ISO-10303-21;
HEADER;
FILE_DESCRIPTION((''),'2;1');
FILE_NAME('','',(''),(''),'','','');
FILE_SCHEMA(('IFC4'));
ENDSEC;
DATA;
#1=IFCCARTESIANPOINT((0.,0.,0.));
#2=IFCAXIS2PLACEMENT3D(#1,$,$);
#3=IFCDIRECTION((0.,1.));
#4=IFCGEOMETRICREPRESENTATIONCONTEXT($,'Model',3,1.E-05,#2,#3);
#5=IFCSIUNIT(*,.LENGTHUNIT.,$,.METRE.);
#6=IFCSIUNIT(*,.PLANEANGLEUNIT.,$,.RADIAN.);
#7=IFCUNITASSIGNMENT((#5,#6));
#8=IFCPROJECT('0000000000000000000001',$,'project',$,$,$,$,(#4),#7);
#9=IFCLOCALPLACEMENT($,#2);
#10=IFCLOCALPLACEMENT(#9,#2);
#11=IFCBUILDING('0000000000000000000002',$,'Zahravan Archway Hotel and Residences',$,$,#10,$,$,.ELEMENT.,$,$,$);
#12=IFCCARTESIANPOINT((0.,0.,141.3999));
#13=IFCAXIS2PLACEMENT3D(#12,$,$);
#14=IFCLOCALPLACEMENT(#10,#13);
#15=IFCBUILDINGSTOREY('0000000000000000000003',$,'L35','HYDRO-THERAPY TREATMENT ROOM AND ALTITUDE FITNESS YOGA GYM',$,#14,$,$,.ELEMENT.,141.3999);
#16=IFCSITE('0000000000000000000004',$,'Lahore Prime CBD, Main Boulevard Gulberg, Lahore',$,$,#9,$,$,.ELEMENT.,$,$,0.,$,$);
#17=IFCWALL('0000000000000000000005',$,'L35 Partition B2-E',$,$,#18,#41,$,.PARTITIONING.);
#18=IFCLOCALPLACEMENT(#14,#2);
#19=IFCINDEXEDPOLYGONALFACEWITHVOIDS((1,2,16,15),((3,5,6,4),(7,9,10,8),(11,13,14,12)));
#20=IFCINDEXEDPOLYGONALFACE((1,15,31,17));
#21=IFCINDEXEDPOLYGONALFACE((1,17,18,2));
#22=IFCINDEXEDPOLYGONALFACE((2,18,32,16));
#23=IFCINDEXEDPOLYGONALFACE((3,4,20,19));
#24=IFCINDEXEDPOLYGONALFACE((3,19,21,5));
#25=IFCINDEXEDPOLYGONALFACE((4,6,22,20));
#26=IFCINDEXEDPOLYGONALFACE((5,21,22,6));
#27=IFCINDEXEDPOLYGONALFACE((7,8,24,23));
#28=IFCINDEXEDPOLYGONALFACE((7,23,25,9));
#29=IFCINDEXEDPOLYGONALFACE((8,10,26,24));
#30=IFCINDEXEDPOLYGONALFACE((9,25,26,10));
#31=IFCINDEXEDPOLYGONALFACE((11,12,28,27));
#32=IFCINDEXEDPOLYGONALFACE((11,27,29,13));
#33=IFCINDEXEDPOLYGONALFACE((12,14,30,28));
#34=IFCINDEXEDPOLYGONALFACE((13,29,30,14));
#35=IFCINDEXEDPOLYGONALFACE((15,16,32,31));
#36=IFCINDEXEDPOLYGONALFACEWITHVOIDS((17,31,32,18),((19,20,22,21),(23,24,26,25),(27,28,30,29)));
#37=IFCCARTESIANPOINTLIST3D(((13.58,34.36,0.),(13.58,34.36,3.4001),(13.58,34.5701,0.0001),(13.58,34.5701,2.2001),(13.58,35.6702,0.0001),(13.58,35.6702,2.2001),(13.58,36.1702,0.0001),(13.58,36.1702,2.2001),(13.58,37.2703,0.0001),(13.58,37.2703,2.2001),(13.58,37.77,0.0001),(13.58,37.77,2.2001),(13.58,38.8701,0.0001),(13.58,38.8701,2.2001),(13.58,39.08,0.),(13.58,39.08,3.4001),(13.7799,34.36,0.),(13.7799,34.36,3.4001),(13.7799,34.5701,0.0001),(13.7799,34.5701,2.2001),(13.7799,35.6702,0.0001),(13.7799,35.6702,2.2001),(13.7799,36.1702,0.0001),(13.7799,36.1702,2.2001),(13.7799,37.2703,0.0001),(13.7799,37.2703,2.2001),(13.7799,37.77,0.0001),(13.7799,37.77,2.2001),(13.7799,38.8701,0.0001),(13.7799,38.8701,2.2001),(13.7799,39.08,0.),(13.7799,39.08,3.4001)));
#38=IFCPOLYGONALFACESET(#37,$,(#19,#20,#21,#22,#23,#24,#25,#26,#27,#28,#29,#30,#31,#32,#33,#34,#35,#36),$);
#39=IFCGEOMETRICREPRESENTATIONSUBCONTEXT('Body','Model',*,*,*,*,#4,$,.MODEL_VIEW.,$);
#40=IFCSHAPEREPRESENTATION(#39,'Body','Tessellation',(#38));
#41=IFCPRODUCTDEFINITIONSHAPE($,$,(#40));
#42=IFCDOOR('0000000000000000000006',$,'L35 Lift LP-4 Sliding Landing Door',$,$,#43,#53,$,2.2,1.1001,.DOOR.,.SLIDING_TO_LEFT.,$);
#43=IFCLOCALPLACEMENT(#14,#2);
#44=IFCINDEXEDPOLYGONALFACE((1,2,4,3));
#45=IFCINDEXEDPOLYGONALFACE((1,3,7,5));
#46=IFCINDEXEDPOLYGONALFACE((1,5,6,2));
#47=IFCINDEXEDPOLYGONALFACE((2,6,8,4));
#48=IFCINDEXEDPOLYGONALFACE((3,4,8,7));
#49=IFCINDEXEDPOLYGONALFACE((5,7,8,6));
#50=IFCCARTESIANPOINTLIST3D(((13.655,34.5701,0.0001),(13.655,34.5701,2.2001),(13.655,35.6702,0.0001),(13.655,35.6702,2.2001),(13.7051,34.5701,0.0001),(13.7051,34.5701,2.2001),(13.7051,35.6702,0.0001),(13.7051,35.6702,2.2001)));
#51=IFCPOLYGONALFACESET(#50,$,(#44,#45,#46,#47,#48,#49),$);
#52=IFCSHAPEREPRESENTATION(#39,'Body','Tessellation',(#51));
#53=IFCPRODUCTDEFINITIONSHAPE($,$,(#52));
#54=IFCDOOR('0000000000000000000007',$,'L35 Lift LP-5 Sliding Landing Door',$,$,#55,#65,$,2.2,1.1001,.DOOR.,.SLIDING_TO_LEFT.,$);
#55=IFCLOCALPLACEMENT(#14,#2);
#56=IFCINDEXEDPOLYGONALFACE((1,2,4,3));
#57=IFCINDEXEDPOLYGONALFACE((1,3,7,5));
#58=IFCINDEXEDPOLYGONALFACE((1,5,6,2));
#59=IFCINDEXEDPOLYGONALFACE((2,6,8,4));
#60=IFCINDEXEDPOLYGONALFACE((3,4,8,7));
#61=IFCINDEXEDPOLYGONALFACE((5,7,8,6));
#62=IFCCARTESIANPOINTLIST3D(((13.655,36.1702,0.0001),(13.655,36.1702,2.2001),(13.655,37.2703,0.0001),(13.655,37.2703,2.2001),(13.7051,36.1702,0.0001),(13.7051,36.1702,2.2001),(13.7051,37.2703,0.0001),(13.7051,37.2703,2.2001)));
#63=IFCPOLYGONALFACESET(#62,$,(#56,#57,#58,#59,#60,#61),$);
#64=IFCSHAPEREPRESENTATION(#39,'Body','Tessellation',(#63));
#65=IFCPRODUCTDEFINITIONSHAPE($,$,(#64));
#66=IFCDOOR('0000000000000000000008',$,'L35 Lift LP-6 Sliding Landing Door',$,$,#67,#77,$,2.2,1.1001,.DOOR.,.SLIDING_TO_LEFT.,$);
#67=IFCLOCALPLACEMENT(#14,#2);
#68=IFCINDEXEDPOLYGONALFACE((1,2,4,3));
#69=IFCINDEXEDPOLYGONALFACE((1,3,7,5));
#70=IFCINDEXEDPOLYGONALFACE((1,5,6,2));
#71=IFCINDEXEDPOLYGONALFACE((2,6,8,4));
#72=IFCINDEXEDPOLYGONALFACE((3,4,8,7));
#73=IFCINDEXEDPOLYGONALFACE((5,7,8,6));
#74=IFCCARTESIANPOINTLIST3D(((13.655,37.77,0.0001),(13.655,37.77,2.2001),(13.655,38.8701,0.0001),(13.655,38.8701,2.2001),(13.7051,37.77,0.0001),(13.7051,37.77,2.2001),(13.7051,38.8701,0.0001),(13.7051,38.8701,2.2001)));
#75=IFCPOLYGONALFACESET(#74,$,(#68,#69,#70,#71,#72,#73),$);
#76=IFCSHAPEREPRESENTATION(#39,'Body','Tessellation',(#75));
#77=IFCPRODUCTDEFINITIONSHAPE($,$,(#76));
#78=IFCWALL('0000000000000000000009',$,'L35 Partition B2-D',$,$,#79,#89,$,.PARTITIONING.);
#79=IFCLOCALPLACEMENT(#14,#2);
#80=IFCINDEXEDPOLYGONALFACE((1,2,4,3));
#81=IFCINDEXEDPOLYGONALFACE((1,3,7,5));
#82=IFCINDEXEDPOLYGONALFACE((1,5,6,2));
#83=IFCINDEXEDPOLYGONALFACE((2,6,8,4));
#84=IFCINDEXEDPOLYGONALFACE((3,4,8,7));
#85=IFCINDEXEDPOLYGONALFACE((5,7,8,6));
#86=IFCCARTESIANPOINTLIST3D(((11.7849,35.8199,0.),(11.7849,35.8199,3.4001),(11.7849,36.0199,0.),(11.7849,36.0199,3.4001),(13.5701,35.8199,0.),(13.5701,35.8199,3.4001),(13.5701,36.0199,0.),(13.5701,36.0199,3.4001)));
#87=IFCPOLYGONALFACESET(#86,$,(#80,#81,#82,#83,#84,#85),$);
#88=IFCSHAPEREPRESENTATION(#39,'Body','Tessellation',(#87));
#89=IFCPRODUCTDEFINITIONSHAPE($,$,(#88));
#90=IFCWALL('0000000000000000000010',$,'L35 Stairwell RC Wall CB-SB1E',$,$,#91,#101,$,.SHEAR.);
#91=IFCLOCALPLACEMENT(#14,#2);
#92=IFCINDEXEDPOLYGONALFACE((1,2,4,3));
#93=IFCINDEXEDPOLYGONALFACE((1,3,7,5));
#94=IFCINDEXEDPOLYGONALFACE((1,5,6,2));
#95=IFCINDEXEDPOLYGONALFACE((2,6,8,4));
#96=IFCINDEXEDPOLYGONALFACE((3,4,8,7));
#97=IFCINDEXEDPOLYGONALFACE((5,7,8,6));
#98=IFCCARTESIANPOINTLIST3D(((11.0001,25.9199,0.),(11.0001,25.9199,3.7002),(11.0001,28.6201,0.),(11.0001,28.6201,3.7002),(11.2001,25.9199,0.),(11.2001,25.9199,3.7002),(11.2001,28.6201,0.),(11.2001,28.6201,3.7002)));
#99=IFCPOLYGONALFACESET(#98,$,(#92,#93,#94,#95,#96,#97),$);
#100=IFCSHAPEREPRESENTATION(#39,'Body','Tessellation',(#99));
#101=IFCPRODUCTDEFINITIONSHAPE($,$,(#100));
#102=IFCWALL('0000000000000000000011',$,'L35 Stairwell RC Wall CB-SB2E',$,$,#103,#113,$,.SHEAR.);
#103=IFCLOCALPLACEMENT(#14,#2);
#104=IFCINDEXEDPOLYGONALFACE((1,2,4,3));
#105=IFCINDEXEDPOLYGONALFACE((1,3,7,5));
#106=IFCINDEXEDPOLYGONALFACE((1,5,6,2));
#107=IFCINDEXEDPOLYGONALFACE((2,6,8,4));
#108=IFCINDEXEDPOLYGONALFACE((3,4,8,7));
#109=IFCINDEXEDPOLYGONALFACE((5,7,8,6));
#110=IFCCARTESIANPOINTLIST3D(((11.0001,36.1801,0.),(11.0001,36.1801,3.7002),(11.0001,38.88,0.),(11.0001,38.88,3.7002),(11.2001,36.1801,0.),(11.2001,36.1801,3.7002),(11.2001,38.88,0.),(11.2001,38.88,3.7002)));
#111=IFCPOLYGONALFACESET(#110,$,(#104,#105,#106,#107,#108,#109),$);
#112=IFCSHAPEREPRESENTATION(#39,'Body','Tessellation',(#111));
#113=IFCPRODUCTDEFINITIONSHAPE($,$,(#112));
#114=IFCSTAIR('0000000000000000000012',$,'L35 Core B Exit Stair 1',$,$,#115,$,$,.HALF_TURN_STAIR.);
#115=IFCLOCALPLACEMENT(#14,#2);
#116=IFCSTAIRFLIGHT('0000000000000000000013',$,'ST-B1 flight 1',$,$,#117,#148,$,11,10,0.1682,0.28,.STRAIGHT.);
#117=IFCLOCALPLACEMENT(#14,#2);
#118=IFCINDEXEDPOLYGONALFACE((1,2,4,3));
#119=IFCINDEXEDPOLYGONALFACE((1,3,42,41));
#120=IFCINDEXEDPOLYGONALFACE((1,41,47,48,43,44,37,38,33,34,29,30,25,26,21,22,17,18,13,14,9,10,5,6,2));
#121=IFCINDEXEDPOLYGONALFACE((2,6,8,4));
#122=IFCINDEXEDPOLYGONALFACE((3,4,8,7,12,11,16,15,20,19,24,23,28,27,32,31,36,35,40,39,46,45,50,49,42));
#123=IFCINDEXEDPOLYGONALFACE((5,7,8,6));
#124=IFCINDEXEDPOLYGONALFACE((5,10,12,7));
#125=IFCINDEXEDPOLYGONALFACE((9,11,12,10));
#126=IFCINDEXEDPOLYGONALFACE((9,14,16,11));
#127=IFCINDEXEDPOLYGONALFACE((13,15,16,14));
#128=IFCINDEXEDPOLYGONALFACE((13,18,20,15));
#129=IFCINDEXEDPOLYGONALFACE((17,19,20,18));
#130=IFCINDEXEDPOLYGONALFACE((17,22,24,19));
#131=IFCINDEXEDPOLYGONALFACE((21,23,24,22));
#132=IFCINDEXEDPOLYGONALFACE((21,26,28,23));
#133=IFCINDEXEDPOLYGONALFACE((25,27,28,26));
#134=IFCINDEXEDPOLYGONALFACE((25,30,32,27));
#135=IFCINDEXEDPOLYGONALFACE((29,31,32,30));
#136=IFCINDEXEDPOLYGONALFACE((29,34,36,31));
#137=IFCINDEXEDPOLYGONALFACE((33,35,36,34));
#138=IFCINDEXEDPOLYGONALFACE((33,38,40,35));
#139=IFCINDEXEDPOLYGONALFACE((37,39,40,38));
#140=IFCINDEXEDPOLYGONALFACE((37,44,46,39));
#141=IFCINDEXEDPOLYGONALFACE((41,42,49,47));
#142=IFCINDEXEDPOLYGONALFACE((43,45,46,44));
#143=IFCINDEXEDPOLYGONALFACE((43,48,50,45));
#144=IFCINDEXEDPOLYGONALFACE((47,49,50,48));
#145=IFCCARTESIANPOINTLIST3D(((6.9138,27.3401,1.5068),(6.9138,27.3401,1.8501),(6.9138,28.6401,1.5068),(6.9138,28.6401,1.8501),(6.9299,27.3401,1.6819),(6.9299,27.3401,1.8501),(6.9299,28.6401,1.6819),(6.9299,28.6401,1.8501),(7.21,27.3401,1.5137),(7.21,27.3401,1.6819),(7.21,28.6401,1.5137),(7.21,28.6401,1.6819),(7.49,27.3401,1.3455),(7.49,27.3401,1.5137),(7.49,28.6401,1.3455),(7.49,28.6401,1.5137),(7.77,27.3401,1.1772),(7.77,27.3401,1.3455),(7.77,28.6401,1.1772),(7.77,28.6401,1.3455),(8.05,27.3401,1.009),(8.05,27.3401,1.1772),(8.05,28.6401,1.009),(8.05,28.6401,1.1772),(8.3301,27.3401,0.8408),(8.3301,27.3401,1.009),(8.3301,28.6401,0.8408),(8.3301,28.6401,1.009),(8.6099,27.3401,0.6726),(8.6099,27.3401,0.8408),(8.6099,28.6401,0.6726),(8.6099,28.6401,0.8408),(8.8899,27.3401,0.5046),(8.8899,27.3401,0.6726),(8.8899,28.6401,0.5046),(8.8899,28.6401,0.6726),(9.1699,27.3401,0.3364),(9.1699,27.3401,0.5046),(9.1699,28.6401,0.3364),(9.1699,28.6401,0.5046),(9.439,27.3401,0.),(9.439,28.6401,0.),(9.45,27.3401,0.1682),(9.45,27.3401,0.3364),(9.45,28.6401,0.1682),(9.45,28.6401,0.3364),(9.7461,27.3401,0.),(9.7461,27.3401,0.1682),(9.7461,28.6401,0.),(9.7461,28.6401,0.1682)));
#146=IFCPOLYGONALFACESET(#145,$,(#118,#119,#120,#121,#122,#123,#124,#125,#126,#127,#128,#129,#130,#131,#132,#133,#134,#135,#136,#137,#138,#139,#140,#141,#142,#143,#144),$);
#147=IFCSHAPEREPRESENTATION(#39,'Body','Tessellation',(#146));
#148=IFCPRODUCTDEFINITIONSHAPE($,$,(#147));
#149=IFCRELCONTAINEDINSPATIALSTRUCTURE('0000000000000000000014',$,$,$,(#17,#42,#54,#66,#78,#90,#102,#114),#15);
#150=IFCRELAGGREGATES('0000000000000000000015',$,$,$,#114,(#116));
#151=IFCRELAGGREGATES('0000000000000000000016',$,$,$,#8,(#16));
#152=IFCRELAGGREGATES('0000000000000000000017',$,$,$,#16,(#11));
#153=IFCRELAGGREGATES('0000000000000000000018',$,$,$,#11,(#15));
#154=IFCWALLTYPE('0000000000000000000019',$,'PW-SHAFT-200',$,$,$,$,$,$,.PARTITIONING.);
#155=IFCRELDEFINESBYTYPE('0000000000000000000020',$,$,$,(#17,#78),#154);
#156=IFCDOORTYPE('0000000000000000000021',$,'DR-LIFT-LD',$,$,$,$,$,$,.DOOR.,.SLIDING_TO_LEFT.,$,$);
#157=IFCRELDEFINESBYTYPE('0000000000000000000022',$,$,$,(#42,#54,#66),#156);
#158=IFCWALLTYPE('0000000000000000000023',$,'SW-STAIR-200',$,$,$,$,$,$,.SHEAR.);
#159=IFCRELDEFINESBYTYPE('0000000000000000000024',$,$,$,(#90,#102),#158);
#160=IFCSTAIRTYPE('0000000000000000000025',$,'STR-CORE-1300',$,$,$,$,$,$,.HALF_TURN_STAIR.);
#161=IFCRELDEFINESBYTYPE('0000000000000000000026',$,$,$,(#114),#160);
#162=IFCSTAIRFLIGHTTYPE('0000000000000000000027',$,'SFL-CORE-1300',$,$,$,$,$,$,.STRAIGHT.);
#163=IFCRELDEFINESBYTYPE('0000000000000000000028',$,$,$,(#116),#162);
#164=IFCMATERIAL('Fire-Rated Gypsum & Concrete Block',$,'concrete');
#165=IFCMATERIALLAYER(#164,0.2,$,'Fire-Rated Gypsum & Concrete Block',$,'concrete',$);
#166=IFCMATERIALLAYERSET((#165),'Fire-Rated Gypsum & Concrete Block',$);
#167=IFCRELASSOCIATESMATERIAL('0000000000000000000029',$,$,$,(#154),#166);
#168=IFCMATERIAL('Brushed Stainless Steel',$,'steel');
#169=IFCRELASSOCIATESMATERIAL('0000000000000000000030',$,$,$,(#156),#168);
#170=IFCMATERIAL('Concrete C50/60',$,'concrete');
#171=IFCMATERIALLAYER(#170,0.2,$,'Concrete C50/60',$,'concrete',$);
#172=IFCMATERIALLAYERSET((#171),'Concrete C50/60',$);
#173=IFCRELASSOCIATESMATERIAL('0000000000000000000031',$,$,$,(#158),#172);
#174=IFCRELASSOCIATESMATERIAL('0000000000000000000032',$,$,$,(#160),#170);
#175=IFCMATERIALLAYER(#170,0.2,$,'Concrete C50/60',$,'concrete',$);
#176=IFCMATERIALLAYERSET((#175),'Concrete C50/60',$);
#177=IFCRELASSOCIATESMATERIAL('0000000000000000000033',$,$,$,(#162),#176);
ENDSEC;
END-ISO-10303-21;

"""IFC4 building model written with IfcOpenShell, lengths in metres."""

from ifc_helpers import new_model, si_unit, direction, frame, frame_2d, origin, place, context, subcontext, project, spatial, polyline, rectangle, outline, extrude, source, transform, mapped, material, layer, layer_set, type_object, type_shapes, element, fill, aggregate, save


model = new_model("IFC4")

# Units and contexts
model_context = context("Model", 3, precision=1e-05, world=origin(), true_north=direction((0.0, 1.0)))
body_context = subcontext(model_context, "Body", "Model", "MODEL_VIEW")
ifc_project = project(units=[si_unit("LENGTHUNIT", "METRE"), si_unit("PLANEANGLEUNIT", "RADIAN")], contexts=[model_context])

# Site, building, storey
site_placement = place(None, origin())
site = spatial("IfcSite", under=ifc_project, at=site_placement, Name="Lahore Prime CBD, Main Boulevard Gulberg, Lahore", CompositionType="ELEMENT", RefElevation=0.0)
building_placement = place(site_placement, origin())
building = spatial("IfcBuilding", under=site, at=building_placement, Name="Zahravan Archway Hotel and Residences", CompositionType="ELEMENT")
storey_placement = place(building_placement, frame((0.0, 0.0, 141.3999)))
storey = spatial("IfcBuildingStorey", under=building, at=storey_placement, Name="L35", Description="HYDRO-THERAPY TREATMENT ROOM AND ALTITUDE FITNESS YOGA GYM", CompositionType="ELEMENT", Elevation=141.3999)

# Shared definitions
ifc_material_1 = material(Name="Fire-Rated Gypsum & Concrete Block", Category="concrete")
ifc_layer_1 = layer(ifc_material_1, 0.2, Name="Fire-Rated Gypsum & Concrete Block", Category="concrete")
ifc_layer_set_1 = layer_set([ifc_layer_1], Name="Fire-Rated Gypsum & Concrete Block")
wall_type_1 = type_object("IfcWallType", Name="PW-SHAFT-200", PredefinedType="PARTITIONING", material=ifc_layer_set_1)

# Wall, openings, doors
wall_1_placement = place(storey_placement, frame((13.6799, 34.3601, 0.0), z_axis=(0.0, 0.0, 1.0), x_axis=(0.0, 1.0, 0.0)))
wall_1 = element("IfcWall", 1, at=wall_1_placement, inside=storey, type_object=wall_type_1, Name="L35 Partition B2-E", PredefinedType="PARTITIONING", context=body_context, shape_type="SweptSolid", body=[
    extrude(rectangle(XDim=4.72, YDim=0.2, at=frame_2d((2.3599, 0.0))), origin(), (0.0, 0.0, 1.0), 3.4001),
])
opening_1_placement = place(wall_1_placement, frame((0.21, 0.0, 0.0)))
opening_1 = element("IfcOpeningElement", 2, at=opening_1_placement, cuts=wall_1, PredefinedType="OPENING", context=body_context, shape_type="SweptSolid", body=[
    extrude(rectangle(XDim=1.1001, YDim=2.2, at=frame_2d((0.55, 1.1001))), frame((0.0, 0.1099, 0.0), z_axis=(0.0, -1.0, 0.0), x_axis=(1.0, 0.0, 0.0)), (0.0, 0.0, 1.0), 0.22),
])
opening_2_placement = place(wall_1_placement, frame((1.8101, 0.0, 0.0)))
opening_2 = element("IfcOpeningElement", 3, at=opening_2_placement, cuts=wall_1, PredefinedType="OPENING", context=body_context, shape_type="SweptSolid", body=[
    extrude(rectangle(XDim=1.1001, YDim=2.2, at=frame_2d((0.55, 1.1001))), frame((0.0, 0.1099, 0.0), z_axis=(0.0, -1.0, 0.0), x_axis=(1.0, 0.0, 0.0)), (0.0, 0.0, 1.0), 0.22),
])
opening_3_placement = place(wall_1_placement, frame((3.4099, 0.0, 0.0)))
opening_3 = element("IfcOpeningElement", 4, at=opening_3_placement, cuts=wall_1, PredefinedType="OPENING", context=body_context, shape_type="SweptSolid", body=[
    extrude(rectangle(XDim=1.1001, YDim=2.2, at=frame_2d((0.55, 1.1001))), frame((0.0, 0.1099, 0.0), z_axis=(0.0, -1.0, 0.0), x_axis=(1.0, 0.0, 0.0)), (0.0, 0.0, 1.0), 0.22),
])
ifc_material_2 = material(Name="Brushed Stainless Steel", Category="steel")
door_type_1 = type_object("IfcDoorType", Name="DR-LIFT-LD", OperationType="SLIDING_TO_LEFT", PredefinedType="DOOR", material=ifc_material_2)
shared_shape_1 = source(origin(), body_context, "Body", "SweptSolid", [
    extrude(rectangle(XDim=1.1001, YDim=2.2, at=frame_2d((0.55, 1.1001))), frame((0.0, 0.0249, 0.0), z_axis=(0.0, -1.0, 0.0), x_axis=(1.0, 0.0, 0.0)), (0.0, 0.0, 1.0), 0.05),
])
type_shapes(door_type_1, [shared_shape_1])
door_1_placement = place(opening_1_placement, origin())
door_1 = element("IfcDoor", 5, at=door_1_placement, inside=storey, type_object=door_type_1, Name="L35 Lift LP-4 Sliding Landing Door", OperationType="SLIDING_TO_LEFT", OverallHeight=2.2, OverallWidth=1.1001, PredefinedType="DOOR", context=body_context, shape_type="MappedRepresentation", body=[
    mapped(shared_shape_1, transform((0.0, 0.0, 0.0), scale=1.0)),
])
fill(opening_1, door_1)
door_2_placement = place(opening_2_placement, origin())
door_2 = element("IfcDoor", 6, at=door_2_placement, inside=storey, type_object=door_type_1, Name="L35 Lift LP-5 Sliding Landing Door", OperationType="SLIDING_TO_LEFT", OverallHeight=2.2, OverallWidth=1.1001, PredefinedType="DOOR", context=body_context, shape_type="MappedRepresentation", body=[
    mapped(shared_shape_1, transform((0.0, 0.0, 0.0), scale=1.0)),
])
fill(opening_2, door_2)
door_3_placement = place(opening_3_placement, origin())
door_3 = element("IfcDoor", 7, at=door_3_placement, inside=storey, type_object=door_type_1, Name="L35 Lift LP-6 Sliding Landing Door", OperationType="SLIDING_TO_LEFT", OverallHeight=2.2, OverallWidth=1.1001, PredefinedType="DOOR", context=body_context, shape_type="MappedRepresentation", body=[
    mapped(shared_shape_1, transform((0.0, 0.0, 0.0), scale=1.0)),
])
fill(opening_3, door_3)

# Wall
wall_2_placement = place(storey_placement, frame((11.7849, 35.9199, 0.0), z_axis=(0.0, 0.0, 1.0), x_axis=(1.0, 0.0, 0.0)))
element("IfcWall", 8, at=wall_2_placement, inside=storey, type_object=wall_type_1, Name="L35 Partition B2-D", PredefinedType="PARTITIONING", context=body_context, shape_type="SweptSolid", body=[
    extrude(rectangle(XDim=1.7852, YDim=0.2, at=frame_2d((0.8926, 0.0))), origin(), (0.0, 0.0, 1.0), 3.4001),
])

# Walls
ifc_material_3 = material(Name="Concrete C50/60", Category="concrete")
ifc_layer_2 = layer(ifc_material_3, 0.2, Name="Concrete C50/60", Category="concrete")
ifc_layer_set_2 = layer_set([ifc_layer_2], Name="Concrete C50/60")
wall_type_2 = type_object("IfcWallType", Name="SW-STAIR-200", PredefinedType="SHEAR", material=ifc_layer_set_2)
wall_3_placement = place(storey_placement, frame((11.1001, 25.9199, 0.0), z_axis=(0.0, 0.0, 1.0), x_axis=(0.0, 1.0, 0.0)))
element("IfcWall", 9, at=wall_3_placement, inside=storey, type_object=wall_type_2, Name="L35 Stairwell RC Wall CB-SB1E", PredefinedType="SHEAR", context=body_context, shape_type="SweptSolid", body=[
    extrude(rectangle(XDim=2.7002, YDim=0.2, at=frame_2d((1.3501, 0.0))), origin(), (0.0, 0.0, 1.0), 3.7002),
])
wall_4_placement = place(storey_placement, frame((11.1001, 36.1799, 0.0), z_axis=(0.0, 0.0, 1.0), x_axis=(0.0, 1.0, 0.0)))
element("IfcWall", 10, at=wall_4_placement, inside=storey, type_object=wall_type_2, Name="L35 Stairwell RC Wall CB-SB2E", PredefinedType="SHEAR", context=body_context, shape_type="SweptSolid", body=[
    extrude(rectangle(XDim=2.7, YDim=0.2, at=frame_2d((1.3501, 0.0))), origin(), (0.0, 0.0, 1.0), 3.7002),
])

# Stair, stair flight
stair_type = type_object("IfcStairType", Name="STR-CORE-1300", PredefinedType="HALF_TURN_STAIR", material=ifc_material_3)
stair_placement = place(storey_placement, origin())
stair = element("IfcStair", 11, at=stair_placement, inside=storey, type_object=stair_type, Name="L35 Core B Exit Stair 1", PredefinedType="HALF_TURN_STAIR")
ifc_layer_3 = layer(ifc_material_3, 0.2, Name="Concrete C50/60", Category="concrete")
ifc_layer_set_3 = layer_set([ifc_layer_3], Name="Concrete C50/60")
stair_flight_type = type_object("IfcStairFlightType", Name="SFL-CORE-1300", PredefinedType="STRAIGHT", material=ifc_layer_set_3)
shared_shape_2 = source(origin(), body_context, "Body", "SweptSolid", [
    extrude(outline(polyline([(-0.0161, 0.0), (-0.0161, 0.1682), (0.28, 0.1682), (0.28, 0.3364), (0.5601, 0.3364), (0.5601, 0.5046), (0.8401, 0.5046), (0.8401, 0.6726), (1.1201, 0.6726), (1.1201, 0.8408), (1.3999, 0.8408), (1.3999, 1.009), (1.6799, 1.009), (1.6799, 1.1772), (1.96, 1.1772), (1.96, 1.3455), (2.24, 1.3455), (2.24, 1.5137), (2.52, 1.5137), (2.52, 1.6819), (2.8, 1.6819), (2.8, 1.8501), (2.8162, 1.8501), (2.8162, 1.5068), (0.291, 0.0), (-0.0161, 0.0)])), frame((0.0, 0.6499, 0.0), z_axis=(0.0, -1.0, 0.0), x_axis=(1.0, 0.0, 0.0)), (0.0, 0.0, 1.0), 1.3),
])
stair_flight_placement = place(storey_placement, frame((9.73, 27.99, 0.0), z_axis=(0.0, 0.0, 1.0), x_axis=(-1.0, 0.0, 0.0)))
stair_flight = element("IfcStairFlight", 12, at=stair_flight_placement, type_object=stair_flight_type, Name="ST-B1 flight 1", NumberOfRisers=11, NumberOfTreads=10, PredefinedType="STRAIGHT", RiserHeight=0.1682, TreadLength=0.28, context=body_context, shape_type="MappedRepresentation", body=[
    mapped(shared_shape_2, transform((0.0, 0.0, 0.0), scale=1.0)),
])
aggregate(stair, [stair_flight])

save(model, "model.ifc")
